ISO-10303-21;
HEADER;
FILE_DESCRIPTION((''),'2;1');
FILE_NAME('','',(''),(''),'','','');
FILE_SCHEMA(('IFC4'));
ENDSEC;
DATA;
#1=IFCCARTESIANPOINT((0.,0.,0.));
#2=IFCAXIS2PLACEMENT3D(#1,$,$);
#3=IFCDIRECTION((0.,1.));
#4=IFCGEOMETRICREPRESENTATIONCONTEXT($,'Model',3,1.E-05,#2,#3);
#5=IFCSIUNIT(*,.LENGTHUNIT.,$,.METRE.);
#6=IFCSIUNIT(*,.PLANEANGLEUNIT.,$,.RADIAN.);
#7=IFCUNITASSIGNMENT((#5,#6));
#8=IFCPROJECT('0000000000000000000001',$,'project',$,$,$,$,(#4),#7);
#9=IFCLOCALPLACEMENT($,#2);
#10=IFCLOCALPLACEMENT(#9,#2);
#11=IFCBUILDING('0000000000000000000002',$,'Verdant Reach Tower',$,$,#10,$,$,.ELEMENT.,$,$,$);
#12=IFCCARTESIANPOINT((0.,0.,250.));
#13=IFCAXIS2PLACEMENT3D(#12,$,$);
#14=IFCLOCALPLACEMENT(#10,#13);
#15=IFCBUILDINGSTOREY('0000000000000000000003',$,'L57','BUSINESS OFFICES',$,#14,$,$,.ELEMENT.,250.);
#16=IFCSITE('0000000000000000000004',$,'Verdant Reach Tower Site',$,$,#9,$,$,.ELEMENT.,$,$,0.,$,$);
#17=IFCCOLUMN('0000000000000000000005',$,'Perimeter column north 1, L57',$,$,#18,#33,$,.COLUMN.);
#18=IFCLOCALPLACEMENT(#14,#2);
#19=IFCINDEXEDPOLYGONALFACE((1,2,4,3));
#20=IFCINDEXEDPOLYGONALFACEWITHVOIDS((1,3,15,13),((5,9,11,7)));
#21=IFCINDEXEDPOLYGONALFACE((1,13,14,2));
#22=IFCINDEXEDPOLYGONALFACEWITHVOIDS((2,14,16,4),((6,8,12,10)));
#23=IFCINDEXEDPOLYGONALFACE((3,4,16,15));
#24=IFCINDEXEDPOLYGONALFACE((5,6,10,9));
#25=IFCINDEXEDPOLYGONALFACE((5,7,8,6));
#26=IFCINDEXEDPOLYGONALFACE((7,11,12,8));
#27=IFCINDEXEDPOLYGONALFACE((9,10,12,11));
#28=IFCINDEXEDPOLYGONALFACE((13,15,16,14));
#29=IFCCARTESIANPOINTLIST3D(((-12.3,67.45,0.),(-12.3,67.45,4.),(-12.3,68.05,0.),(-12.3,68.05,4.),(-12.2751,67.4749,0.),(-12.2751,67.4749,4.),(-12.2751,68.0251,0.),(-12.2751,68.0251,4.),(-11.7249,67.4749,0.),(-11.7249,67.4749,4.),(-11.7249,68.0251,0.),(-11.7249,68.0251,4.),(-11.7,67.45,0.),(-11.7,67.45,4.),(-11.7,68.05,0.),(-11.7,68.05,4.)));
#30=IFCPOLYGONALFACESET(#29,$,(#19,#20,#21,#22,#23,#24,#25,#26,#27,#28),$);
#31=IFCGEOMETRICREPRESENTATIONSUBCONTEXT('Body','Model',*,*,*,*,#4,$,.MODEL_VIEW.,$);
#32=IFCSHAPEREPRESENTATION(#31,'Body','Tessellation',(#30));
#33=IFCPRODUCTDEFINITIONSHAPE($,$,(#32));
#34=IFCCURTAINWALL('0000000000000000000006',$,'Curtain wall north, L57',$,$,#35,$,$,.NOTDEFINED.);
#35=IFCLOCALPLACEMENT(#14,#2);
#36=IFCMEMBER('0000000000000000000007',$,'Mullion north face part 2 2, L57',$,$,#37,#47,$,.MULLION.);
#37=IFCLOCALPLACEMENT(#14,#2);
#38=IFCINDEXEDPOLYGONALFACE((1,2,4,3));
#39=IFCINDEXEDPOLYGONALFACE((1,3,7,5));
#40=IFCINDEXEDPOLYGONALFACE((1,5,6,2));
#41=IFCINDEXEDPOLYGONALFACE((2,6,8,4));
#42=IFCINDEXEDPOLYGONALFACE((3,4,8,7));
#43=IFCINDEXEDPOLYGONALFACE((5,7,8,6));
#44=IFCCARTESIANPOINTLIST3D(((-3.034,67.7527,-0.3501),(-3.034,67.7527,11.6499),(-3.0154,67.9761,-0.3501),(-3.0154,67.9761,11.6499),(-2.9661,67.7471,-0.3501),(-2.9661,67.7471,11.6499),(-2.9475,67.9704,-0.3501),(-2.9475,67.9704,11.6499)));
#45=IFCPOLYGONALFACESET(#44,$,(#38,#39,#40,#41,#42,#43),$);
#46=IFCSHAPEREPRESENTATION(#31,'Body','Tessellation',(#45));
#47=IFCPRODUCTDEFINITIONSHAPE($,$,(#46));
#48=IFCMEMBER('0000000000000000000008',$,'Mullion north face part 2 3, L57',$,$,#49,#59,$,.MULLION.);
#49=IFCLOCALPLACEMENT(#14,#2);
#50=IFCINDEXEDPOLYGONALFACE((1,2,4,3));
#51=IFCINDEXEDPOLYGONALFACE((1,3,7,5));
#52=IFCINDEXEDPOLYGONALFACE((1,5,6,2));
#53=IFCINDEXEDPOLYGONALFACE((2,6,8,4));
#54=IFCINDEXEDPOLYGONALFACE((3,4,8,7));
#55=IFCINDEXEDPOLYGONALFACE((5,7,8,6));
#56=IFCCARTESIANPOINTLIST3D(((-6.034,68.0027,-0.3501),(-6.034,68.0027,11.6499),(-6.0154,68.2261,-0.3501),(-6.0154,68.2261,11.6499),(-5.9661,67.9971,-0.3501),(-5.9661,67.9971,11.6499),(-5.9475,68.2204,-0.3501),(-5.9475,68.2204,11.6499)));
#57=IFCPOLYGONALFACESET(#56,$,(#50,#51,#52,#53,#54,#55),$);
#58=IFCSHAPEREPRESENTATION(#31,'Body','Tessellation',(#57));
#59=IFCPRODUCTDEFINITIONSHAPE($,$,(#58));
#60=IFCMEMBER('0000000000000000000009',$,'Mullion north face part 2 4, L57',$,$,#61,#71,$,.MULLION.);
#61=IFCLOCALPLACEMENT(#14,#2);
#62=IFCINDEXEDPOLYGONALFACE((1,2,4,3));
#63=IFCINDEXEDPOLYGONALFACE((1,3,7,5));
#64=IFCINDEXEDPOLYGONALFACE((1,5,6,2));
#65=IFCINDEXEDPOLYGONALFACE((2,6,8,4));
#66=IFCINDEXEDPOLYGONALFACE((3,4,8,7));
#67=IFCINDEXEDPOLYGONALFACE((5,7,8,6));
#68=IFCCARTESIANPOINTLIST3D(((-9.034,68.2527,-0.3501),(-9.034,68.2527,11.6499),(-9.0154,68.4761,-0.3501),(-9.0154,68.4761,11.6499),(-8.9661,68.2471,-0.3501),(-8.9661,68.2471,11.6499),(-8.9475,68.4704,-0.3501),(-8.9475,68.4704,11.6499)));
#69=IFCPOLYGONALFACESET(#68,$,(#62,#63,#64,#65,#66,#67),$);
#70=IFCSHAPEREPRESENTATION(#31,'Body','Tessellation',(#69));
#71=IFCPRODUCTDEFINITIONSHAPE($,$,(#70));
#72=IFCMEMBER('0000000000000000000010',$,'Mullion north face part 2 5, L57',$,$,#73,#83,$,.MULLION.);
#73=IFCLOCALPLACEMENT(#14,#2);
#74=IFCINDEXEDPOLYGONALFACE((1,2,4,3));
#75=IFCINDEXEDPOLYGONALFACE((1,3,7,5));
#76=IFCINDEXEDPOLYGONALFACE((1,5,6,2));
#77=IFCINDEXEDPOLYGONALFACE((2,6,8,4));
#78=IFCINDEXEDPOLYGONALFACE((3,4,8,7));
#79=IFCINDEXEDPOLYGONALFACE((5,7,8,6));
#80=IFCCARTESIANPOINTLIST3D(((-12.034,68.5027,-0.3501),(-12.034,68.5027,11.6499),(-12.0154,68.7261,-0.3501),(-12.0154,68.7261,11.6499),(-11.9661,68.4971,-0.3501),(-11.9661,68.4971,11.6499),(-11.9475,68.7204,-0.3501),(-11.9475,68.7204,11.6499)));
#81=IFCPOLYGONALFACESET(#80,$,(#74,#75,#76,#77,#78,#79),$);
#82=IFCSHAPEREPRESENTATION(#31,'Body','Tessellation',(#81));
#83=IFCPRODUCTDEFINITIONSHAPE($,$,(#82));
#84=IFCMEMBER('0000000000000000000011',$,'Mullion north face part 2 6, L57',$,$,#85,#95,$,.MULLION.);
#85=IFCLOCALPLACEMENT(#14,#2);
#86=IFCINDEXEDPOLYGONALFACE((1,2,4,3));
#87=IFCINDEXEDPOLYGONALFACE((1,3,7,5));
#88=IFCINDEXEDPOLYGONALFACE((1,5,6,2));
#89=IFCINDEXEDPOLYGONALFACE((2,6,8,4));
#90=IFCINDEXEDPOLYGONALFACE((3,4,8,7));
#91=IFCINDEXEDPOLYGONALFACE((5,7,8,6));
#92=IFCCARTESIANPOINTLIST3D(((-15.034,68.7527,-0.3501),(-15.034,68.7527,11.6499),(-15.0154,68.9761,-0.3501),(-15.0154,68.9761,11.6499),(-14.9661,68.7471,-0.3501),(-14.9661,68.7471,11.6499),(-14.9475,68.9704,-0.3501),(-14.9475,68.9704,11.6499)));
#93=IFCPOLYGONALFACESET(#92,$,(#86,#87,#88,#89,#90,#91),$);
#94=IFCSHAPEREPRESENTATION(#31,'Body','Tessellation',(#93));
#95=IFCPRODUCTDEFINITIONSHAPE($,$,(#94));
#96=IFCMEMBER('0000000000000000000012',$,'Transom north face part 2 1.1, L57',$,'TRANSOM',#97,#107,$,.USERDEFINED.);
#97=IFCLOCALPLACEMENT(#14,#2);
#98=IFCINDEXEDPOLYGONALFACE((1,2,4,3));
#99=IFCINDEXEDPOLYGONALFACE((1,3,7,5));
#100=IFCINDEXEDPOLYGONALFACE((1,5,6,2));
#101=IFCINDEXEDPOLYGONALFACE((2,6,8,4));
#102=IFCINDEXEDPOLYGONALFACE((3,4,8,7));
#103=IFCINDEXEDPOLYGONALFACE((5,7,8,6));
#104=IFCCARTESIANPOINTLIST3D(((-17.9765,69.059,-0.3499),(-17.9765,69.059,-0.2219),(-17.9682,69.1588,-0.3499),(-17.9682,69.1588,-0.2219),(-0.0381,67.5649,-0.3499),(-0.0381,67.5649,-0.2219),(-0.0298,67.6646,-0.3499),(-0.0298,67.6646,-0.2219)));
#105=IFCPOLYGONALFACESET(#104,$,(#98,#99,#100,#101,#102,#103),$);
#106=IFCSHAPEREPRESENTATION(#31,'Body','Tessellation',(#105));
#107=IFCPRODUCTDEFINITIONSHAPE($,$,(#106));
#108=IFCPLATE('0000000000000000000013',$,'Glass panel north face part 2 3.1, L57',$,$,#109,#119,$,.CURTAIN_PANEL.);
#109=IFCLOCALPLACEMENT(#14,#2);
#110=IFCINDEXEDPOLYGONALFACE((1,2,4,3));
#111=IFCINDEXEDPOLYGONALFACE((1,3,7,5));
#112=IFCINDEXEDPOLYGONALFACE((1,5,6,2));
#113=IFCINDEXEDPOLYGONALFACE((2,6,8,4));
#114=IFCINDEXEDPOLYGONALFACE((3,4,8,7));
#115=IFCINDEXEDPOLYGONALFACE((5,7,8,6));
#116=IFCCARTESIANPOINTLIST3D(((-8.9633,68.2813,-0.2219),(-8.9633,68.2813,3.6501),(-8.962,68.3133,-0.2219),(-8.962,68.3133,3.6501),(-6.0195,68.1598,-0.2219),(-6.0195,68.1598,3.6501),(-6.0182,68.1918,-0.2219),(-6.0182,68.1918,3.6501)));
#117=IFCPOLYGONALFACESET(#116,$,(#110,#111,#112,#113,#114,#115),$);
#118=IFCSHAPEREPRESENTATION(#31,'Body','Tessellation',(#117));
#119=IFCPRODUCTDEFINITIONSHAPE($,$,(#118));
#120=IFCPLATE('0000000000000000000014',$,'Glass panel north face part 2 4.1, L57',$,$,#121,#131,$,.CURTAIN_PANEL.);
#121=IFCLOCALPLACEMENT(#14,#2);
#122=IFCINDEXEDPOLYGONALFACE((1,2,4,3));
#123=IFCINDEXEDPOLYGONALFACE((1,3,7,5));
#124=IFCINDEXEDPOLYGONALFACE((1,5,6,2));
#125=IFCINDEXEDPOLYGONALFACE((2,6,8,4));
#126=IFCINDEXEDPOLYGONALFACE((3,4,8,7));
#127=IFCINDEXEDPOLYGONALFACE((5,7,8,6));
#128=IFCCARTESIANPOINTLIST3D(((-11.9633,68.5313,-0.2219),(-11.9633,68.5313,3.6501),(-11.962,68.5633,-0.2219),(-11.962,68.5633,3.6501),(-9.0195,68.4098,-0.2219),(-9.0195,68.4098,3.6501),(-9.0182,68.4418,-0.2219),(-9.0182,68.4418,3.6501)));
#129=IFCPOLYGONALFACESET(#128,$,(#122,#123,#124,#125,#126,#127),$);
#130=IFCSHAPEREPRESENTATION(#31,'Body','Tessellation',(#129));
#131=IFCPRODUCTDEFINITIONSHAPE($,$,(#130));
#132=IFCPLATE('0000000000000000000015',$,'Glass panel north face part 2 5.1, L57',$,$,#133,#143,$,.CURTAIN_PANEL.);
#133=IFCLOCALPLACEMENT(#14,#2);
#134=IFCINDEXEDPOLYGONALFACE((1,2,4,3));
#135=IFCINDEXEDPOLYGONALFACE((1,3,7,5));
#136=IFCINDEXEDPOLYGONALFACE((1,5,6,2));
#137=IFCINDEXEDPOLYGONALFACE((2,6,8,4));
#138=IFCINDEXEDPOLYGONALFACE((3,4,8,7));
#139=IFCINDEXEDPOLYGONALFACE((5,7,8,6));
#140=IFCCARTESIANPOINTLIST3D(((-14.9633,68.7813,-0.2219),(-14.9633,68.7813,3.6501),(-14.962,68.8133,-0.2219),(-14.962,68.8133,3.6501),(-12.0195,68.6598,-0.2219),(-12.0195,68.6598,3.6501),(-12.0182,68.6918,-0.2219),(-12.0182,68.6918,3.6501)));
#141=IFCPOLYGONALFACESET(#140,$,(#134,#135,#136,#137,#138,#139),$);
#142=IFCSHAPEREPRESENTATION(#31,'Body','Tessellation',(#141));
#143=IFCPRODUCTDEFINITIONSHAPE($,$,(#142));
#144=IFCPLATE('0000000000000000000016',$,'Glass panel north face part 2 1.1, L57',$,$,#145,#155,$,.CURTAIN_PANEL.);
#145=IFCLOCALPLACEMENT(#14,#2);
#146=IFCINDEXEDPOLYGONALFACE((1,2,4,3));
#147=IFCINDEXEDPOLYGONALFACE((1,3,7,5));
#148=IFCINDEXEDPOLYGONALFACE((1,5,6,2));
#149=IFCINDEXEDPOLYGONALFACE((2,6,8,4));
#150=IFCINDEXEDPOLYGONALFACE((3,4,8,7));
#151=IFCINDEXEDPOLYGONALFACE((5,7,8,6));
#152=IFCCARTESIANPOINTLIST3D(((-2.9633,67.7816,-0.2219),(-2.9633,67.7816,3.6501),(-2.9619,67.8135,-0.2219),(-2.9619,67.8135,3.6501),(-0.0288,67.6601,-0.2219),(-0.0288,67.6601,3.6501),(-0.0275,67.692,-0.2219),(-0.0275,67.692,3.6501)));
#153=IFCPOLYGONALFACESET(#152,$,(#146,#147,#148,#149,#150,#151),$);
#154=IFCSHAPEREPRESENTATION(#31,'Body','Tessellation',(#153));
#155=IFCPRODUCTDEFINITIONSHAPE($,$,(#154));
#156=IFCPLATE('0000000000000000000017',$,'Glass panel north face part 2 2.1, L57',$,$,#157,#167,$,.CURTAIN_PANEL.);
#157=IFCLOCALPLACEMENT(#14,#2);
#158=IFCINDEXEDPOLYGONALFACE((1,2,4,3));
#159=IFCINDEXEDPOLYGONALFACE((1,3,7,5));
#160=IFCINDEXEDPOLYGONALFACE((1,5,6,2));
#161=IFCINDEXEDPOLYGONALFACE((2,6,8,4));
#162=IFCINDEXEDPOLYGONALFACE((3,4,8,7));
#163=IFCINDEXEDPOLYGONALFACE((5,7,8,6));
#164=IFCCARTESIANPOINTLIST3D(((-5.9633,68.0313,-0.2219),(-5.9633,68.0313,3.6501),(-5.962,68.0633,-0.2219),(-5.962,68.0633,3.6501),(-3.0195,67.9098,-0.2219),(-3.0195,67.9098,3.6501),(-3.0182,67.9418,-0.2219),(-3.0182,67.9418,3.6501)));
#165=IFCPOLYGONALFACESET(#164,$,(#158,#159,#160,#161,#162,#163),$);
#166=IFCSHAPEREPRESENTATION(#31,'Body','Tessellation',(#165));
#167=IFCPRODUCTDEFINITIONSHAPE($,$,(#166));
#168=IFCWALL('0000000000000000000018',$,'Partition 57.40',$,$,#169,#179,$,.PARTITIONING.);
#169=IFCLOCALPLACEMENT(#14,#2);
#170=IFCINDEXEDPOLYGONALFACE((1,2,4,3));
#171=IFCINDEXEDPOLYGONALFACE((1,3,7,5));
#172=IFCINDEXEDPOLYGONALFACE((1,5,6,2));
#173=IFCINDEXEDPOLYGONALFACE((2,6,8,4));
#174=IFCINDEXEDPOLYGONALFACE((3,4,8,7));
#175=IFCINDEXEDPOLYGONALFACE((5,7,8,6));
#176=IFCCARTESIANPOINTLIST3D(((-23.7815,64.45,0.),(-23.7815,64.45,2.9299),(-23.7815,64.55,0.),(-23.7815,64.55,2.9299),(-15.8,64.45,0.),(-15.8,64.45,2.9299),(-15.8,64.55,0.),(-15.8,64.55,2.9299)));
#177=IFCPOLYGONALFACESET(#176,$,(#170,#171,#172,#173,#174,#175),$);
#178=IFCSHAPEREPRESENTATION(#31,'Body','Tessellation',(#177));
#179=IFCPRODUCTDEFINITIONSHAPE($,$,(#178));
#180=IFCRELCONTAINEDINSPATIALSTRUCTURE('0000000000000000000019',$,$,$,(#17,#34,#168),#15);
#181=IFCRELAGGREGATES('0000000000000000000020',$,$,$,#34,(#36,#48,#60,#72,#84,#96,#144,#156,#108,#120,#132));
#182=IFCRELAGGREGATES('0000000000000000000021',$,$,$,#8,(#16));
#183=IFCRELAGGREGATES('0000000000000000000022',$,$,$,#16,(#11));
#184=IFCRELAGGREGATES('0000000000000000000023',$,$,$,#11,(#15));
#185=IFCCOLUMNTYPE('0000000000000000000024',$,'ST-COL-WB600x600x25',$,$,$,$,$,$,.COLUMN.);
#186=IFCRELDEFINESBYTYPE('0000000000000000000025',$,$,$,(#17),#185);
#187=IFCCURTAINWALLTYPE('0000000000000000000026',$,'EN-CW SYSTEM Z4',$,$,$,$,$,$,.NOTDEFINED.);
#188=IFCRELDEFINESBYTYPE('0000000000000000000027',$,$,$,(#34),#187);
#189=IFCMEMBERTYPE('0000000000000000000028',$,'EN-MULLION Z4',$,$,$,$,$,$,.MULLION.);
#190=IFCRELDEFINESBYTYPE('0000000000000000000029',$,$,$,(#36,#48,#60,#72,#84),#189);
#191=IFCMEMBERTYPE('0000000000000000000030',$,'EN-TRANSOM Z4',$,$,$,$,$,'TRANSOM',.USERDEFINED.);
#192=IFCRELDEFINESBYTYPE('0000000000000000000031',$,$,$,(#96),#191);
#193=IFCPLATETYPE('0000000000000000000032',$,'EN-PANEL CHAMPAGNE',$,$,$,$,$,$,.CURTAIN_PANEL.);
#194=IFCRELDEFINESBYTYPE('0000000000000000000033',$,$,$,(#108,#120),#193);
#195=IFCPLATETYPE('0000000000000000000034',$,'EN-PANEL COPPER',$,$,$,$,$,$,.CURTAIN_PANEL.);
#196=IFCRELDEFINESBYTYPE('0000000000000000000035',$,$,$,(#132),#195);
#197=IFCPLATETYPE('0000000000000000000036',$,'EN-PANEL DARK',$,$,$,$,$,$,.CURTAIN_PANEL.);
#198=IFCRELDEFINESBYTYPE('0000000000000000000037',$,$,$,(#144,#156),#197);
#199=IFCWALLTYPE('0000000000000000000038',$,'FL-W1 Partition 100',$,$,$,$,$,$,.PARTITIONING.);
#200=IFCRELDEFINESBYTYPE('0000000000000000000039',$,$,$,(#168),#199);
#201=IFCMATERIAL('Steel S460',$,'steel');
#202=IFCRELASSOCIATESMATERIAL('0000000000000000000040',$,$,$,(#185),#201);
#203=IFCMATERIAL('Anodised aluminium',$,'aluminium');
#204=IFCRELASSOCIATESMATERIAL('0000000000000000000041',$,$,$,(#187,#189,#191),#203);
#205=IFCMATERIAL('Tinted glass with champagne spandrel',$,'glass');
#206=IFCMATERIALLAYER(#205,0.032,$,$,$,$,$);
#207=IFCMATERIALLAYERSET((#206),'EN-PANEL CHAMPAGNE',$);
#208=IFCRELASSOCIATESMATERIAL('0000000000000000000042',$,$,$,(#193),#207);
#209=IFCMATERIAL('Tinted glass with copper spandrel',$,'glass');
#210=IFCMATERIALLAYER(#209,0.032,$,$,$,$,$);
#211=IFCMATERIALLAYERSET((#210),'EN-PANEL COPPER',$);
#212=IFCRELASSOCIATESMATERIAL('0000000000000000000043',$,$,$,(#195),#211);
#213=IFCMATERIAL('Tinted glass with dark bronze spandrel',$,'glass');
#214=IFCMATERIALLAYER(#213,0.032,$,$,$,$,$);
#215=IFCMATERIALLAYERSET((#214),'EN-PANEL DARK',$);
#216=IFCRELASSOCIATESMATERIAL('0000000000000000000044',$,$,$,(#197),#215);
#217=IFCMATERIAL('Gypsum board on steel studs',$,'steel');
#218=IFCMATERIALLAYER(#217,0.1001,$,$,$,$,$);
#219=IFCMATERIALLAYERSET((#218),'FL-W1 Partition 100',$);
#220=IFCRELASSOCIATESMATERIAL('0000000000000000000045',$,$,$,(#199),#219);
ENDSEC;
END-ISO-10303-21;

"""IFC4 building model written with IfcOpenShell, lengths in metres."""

from ifc_helpers import new_model, si_unit, direction, frame, frame_2d, origin, origin_2d, place, context, subcontext, project, spatial, rectangle, hollow_rectangle, extrude, material, layer, layer_set, material_profile, profile_set, type_object, element, aggregate, save


model = new_model("IFC4")

# Units and contexts
model_context = context("Model", 3, precision=1e-05, world=origin(), true_north=direction((0.0, 1.0)))
body_context = subcontext(model_context, "Body", "Model", "MODEL_VIEW")
ifc_project = project(units=[si_unit("LENGTHUNIT", "METRE"), si_unit("PLANEANGLEUNIT", "RADIAN")], contexts=[model_context])

# Site, building, storey
site_placement = place(None, origin())
site = spatial("IfcSite", under=ifc_project, at=site_placement, Name="Verdant Reach Tower Site", CompositionType="ELEMENT", RefElevation=0.0)
building_placement = place(site_placement, origin())
building = spatial("IfcBuilding", under=site, at=building_placement, Name="Verdant Reach Tower", CompositionType="ELEMENT")
storey_placement = place(building_placement, frame((0.0, 0.0, 250.0)))
storey = spatial("IfcBuildingStorey", under=building, at=storey_placement, Name="L57", Description="BUSINESS OFFICES", CompositionType="ELEMENT", Elevation=250.0)

# Column
ifc_material_1 = material(Name="Steel S460", Category="steel")
ifc_material_profile_1 = material_profile(ifc_material_1, hollow_rectangle(XDim=0.6001, YDim=0.6001, WallThickness=0.0249, at=origin_2d()), Name="WB 600x600x25")
ifc_profile_set_1 = profile_set([ifc_material_profile_1], Name="Steel S460")
column_type = type_object("IfcColumnType", Name="ST-COL-WB600x600x25", PredefinedType="COLUMN", material=ifc_profile_set_1)
column_placement = place(storey_placement, frame((-12.0, 67.75, 0.0), z_axis=(0.0, 0.0, 1.0), x_axis=(1.0, 0.0, 0.0)))
element("IfcColumn", 1, at=column_placement, inside=storey, type_object=column_type, Name="Perimeter column north 1, L57", PredefinedType="COLUMN", context=body_context, shape_type="SweptSolid", body=[
    extrude(hollow_rectangle(XDim=0.6001, YDim=0.6001, WallThickness=0.0249, at=origin_2d()), origin(), (0.0, 0.0, 1.0), 4.0),
])

# Curtain wall, members, plates
ifc_material_2 = material(Name="Anodised aluminium", Category="aluminium")
curtain_wall_type = type_object("IfcCurtainWallType", Name="EN-CW SYSTEM Z4", PredefinedType="NOTDEFINED", material=ifc_material_2)
curtain_wall_placement = place(storey_placement, origin())
curtain_wall = element("IfcCurtainWall", 2, at=curtain_wall_placement, inside=storey, type_object=curtain_wall_type, Name="Curtain wall north, L57", PredefinedType="NOTDEFINED")
ifc_material_profile_2 = material_profile(ifc_material_2, rectangle(XDim=0.2241, YDim=0.0681, at=origin_2d()), Name="Mullion 68x224")
ifc_profile_set_2 = profile_set([ifc_material_profile_2], Name="Anodised aluminium")
member_type_1 = type_object("IfcMemberType", Name="EN-MULLION Z4", PredefinedType="MULLION", material=ifc_profile_set_2)
member_1_placement = place(storey_placement, frame((-2.9907, 67.8616, -0.3501), z_axis=(0.0, 0.0, 1.0), x_axis=(0.083045, 0.996546, 0.0)))
member_1 = element("IfcMember", 3, at=member_1_placement, type_object=member_type_1, Name="Mullion north face part 2 2, L57", PredefinedType="MULLION", context=body_context, shape_type="SweptSolid", body=[
    extrude(rectangle(XDim=0.2241, YDim=0.0681, at=origin_2d()), origin(), (0.0, 0.0, 1.0), 12.0),
])
member_2_placement = place(storey_placement, frame((-5.9907, 68.1116, -0.3501), z_axis=(0.0, 0.0, 1.0), x_axis=(0.083045, 0.996546, 0.0)))
member_2 = element("IfcMember", 4, at=member_2_placement, type_object=member_type_1, Name="Mullion north face part 2 3, L57", PredefinedType="MULLION", context=body_context, shape_type="SweptSolid", body=[
    extrude(rectangle(XDim=0.2241, YDim=0.0681, at=origin_2d()), origin(), (0.0, 0.0, 1.0), 12.0),
])
member_3_placement = place(storey_placement, frame((-8.9907, 68.3616, -0.3501), z_axis=(0.0, 0.0, 1.0), x_axis=(0.083045, 0.996546, 0.0)))
member_3 = element("IfcMember", 5, at=member_3_placement, type_object=member_type_1, Name="Mullion north face part 2 4, L57", PredefinedType="MULLION", context=body_context, shape_type="SweptSolid", body=[
    extrude(rectangle(XDim=0.2241, YDim=0.0681, at=origin_2d()), origin(), (0.0, 0.0, 1.0), 12.0),
])
member_4_placement = place(storey_placement, frame((-11.9907, 68.6116, -0.3501), z_axis=(0.0, 0.0, 1.0), x_axis=(0.083045, 0.996546, 0.0)))
member_4 = element("IfcMember", 6, at=member_4_placement, type_object=member_type_1, Name="Mullion north face part 2 5, L57", PredefinedType="MULLION", context=body_context, shape_type="SweptSolid", body=[
    extrude(rectangle(XDim=0.2241, YDim=0.0681, at=origin_2d()), origin(), (0.0, 0.0, 1.0), 12.0),
])
member_5_placement = place(storey_placement, frame((-14.9907, 68.8616, -0.3501), z_axis=(0.0, 0.0, 1.0), x_axis=(0.083045, 0.996546, 0.0)))
member_5 = element("IfcMember", 7, at=member_5_placement, type_object=member_type_1, Name="Mullion north face part 2 6, L57", PredefinedType="MULLION", context=body_context, shape_type="SweptSolid", body=[
    extrude(rectangle(XDim=0.2241, YDim=0.0681, at=origin_2d()), origin(), (0.0, 0.0, 1.0), 12.0),
])
ifc_material_profile_3 = material_profile(ifc_material_2, rectangle(XDim=0.1001, YDim=0.1279, at=origin_2d()), Name="Transom 128x100")
ifc_profile_set_3 = profile_set([ifc_material_profile_3], Name="Anodised aluminium")
member_type_2 = type_object("IfcMemberType", Name="EN-TRANSOM Z4", ElementType="TRANSOM", PredefinedType="USERDEFINED", material=ifc_profile_set_3)
member_6_placement = place(storey_placement, frame((-0.0339, 67.6147, -0.2859), z_axis=(-0.996549, 0.083005, 0.0), x_axis=(-0.083005, -0.996549, 0.0)))
member_6 = element("IfcMember", 8, at=member_6_placement, type_object=member_type_2, Name="Transom north face part 2 1.1, L57", ObjectType="TRANSOM", PredefinedType="USERDEFINED", context=body_context, shape_type="SweptSolid", body=[
    extrude(rectangle(XDim=0.1001, YDim=0.1279, at=origin_2d()), origin(), (0.0, 0.0, 1.0), 18.0005),
])
ifc_material_3 = material(Name="Tinted glass with champagne spandrel", Category="glass")
ifc_layer_1 = layer(ifc_material_3, 0.032)
ifc_layer_set_1 = layer_set([ifc_layer_1], Name="EN-PANEL CHAMPAGNE")
plate_type_1 = type_object("IfcPlateType", Name="EN-PANEL CHAMPAGNE", PredefinedType="CURTAIN_PANEL", material=ifc_layer_set_1)
plate_1_placement = place(storey_placement, frame((-7.4907, 68.2366, -0.2219), z_axis=(0.0, 0.0, 1.0), x_axis=(-0.999149, 0.041242, 0.0)))
plate_1 = element("IfcPlate", 9, at=plate_1_placement, type_object=plate_type_1, Name="Glass panel north face part 2 3.1, L57", PredefinedType="CURTAIN_PANEL", context=body_context, shape_type="SweptSolid", body=[
    extrude(rectangle(XDim=2.9463, YDim=0.032, at=origin_2d()), origin(), (0.0, 0.0, 1.0), 3.8721),
])
plate_2_placement = place(storey_placement, frame((-10.4907, 68.4866, -0.2219), z_axis=(0.0, 0.0, 1.0), x_axis=(-0.999149, 0.041242, 0.0)))
plate_2 = element("IfcPlate", 10, at=plate_2_placement, type_object=plate_type_1, Name="Glass panel north face part 2 4.1, L57", PredefinedType="CURTAIN_PANEL", context=body_context, shape_type="SweptSolid", body=[
    extrude(rectangle(XDim=2.9463, YDim=0.032, at=origin_2d()), origin(), (0.0, 0.0, 1.0), 3.8721),
])
ifc_material_4 = material(Name="Tinted glass with copper spandrel", Category="glass")
ifc_layer_2 = layer(ifc_material_4, 0.032)
ifc_layer_set_2 = layer_set([ifc_layer_2], Name="EN-PANEL COPPER")
plate_type_2 = type_object("IfcPlateType", Name="EN-PANEL COPPER", PredefinedType="CURTAIN_PANEL", material=ifc_layer_set_2)
plate_3_placement = place(storey_placement, frame((-13.4907, 68.7366, -0.2219), z_axis=(0.0, 0.0, 1.0), x_axis=(-0.999149, 0.041242, 0.0)))
plate_3 = element("IfcPlate", 11, at=plate_3_placement, type_object=plate_type_2, Name="Glass panel north face part 2 5.1, L57", PredefinedType="CURTAIN_PANEL", context=body_context, shape_type="SweptSolid", body=[
    extrude(rectangle(XDim=2.9463, YDim=0.032, at=origin_2d()), origin(), (0.0, 0.0, 1.0), 3.8721),
])
ifc_material_5 = material(Name="Tinted glass with dark bronze spandrel", Category="glass")
ifc_layer_3 = layer(ifc_material_5, 0.032)
ifc_layer_set_3 = layer_set([ifc_layer_3], Name="EN-PANEL DARK")
plate_type_3 = type_object("IfcPlateType", Name="EN-PANEL DARK", PredefinedType="CURTAIN_PANEL", material=ifc_layer_set_3)
plate_4_placement = place(storey_placement, frame((-1.4954, 67.7368, -0.2219), z_axis=(0.0, 0.0, 1.0), x_axis=(-0.999144, 0.04137, 0.0)))
plate_4 = element("IfcPlate", 12, at=plate_4_placement, type_object=plate_type_3, Name="Glass panel north face part 2 1.1, L57", PredefinedType="CURTAIN_PANEL", context=body_context, shape_type="SweptSolid", body=[
    extrude(rectangle(XDim=2.937, YDim=0.032, at=origin_2d()), origin(), (0.0, 0.0, 1.0), 3.8721),
])
plate_5_placement = place(storey_placement, frame((-4.4907, 67.9866, -0.2219), z_axis=(0.0, 0.0, 1.0), x_axis=(-0.999149, 0.041242, 0.0)))
plate_5 = element("IfcPlate", 13, at=plate_5_placement, type_object=plate_type_3, Name="Glass panel north face part 2 2.1, L57", PredefinedType="CURTAIN_PANEL", context=body_context, shape_type="SweptSolid", body=[
    extrude(rectangle(XDim=2.9463, YDim=0.032, at=origin_2d()), origin(), (0.0, 0.0, 1.0), 3.8721),
])
aggregate(curtain_wall, [member_1, member_2, member_3, member_4, member_5, member_6, plate_4, plate_5, plate_1, plate_2, plate_3])

# Wall
ifc_material_6 = material(Name="Gypsum board on steel studs", Category="steel")
ifc_layer_4 = layer(ifc_material_6, 0.1001)
ifc_layer_set_4 = layer_set([ifc_layer_4], Name="FL-W1 Partition 100")
wall_type_1 = type_object("IfcWallType", Name="FL-W1 Partition 100", PredefinedType="PARTITIONING", material=ifc_layer_set_4)
wall_1_placement = place(storey_placement, frame((-15.8, 64.5, 0.0), z_axis=(0.0, 0.0, 1.0), x_axis=(-1.0, 0.0, 0.0)))
element("IfcWall", 14, at=wall_1_placement, inside=storey, type_object=wall_type_1, Name="Partition 57.40", PredefinedType="PARTITIONING", context=body_context, shape_type="SweptSolid", body=[
    extrude(rectangle(XDim=7.9814, YDim=0.1001, at=frame_2d((3.9907, 0.0))), origin(), (0.0, 0.0, 1.0), 2.9299),
])

save(model, "model.ifc")
